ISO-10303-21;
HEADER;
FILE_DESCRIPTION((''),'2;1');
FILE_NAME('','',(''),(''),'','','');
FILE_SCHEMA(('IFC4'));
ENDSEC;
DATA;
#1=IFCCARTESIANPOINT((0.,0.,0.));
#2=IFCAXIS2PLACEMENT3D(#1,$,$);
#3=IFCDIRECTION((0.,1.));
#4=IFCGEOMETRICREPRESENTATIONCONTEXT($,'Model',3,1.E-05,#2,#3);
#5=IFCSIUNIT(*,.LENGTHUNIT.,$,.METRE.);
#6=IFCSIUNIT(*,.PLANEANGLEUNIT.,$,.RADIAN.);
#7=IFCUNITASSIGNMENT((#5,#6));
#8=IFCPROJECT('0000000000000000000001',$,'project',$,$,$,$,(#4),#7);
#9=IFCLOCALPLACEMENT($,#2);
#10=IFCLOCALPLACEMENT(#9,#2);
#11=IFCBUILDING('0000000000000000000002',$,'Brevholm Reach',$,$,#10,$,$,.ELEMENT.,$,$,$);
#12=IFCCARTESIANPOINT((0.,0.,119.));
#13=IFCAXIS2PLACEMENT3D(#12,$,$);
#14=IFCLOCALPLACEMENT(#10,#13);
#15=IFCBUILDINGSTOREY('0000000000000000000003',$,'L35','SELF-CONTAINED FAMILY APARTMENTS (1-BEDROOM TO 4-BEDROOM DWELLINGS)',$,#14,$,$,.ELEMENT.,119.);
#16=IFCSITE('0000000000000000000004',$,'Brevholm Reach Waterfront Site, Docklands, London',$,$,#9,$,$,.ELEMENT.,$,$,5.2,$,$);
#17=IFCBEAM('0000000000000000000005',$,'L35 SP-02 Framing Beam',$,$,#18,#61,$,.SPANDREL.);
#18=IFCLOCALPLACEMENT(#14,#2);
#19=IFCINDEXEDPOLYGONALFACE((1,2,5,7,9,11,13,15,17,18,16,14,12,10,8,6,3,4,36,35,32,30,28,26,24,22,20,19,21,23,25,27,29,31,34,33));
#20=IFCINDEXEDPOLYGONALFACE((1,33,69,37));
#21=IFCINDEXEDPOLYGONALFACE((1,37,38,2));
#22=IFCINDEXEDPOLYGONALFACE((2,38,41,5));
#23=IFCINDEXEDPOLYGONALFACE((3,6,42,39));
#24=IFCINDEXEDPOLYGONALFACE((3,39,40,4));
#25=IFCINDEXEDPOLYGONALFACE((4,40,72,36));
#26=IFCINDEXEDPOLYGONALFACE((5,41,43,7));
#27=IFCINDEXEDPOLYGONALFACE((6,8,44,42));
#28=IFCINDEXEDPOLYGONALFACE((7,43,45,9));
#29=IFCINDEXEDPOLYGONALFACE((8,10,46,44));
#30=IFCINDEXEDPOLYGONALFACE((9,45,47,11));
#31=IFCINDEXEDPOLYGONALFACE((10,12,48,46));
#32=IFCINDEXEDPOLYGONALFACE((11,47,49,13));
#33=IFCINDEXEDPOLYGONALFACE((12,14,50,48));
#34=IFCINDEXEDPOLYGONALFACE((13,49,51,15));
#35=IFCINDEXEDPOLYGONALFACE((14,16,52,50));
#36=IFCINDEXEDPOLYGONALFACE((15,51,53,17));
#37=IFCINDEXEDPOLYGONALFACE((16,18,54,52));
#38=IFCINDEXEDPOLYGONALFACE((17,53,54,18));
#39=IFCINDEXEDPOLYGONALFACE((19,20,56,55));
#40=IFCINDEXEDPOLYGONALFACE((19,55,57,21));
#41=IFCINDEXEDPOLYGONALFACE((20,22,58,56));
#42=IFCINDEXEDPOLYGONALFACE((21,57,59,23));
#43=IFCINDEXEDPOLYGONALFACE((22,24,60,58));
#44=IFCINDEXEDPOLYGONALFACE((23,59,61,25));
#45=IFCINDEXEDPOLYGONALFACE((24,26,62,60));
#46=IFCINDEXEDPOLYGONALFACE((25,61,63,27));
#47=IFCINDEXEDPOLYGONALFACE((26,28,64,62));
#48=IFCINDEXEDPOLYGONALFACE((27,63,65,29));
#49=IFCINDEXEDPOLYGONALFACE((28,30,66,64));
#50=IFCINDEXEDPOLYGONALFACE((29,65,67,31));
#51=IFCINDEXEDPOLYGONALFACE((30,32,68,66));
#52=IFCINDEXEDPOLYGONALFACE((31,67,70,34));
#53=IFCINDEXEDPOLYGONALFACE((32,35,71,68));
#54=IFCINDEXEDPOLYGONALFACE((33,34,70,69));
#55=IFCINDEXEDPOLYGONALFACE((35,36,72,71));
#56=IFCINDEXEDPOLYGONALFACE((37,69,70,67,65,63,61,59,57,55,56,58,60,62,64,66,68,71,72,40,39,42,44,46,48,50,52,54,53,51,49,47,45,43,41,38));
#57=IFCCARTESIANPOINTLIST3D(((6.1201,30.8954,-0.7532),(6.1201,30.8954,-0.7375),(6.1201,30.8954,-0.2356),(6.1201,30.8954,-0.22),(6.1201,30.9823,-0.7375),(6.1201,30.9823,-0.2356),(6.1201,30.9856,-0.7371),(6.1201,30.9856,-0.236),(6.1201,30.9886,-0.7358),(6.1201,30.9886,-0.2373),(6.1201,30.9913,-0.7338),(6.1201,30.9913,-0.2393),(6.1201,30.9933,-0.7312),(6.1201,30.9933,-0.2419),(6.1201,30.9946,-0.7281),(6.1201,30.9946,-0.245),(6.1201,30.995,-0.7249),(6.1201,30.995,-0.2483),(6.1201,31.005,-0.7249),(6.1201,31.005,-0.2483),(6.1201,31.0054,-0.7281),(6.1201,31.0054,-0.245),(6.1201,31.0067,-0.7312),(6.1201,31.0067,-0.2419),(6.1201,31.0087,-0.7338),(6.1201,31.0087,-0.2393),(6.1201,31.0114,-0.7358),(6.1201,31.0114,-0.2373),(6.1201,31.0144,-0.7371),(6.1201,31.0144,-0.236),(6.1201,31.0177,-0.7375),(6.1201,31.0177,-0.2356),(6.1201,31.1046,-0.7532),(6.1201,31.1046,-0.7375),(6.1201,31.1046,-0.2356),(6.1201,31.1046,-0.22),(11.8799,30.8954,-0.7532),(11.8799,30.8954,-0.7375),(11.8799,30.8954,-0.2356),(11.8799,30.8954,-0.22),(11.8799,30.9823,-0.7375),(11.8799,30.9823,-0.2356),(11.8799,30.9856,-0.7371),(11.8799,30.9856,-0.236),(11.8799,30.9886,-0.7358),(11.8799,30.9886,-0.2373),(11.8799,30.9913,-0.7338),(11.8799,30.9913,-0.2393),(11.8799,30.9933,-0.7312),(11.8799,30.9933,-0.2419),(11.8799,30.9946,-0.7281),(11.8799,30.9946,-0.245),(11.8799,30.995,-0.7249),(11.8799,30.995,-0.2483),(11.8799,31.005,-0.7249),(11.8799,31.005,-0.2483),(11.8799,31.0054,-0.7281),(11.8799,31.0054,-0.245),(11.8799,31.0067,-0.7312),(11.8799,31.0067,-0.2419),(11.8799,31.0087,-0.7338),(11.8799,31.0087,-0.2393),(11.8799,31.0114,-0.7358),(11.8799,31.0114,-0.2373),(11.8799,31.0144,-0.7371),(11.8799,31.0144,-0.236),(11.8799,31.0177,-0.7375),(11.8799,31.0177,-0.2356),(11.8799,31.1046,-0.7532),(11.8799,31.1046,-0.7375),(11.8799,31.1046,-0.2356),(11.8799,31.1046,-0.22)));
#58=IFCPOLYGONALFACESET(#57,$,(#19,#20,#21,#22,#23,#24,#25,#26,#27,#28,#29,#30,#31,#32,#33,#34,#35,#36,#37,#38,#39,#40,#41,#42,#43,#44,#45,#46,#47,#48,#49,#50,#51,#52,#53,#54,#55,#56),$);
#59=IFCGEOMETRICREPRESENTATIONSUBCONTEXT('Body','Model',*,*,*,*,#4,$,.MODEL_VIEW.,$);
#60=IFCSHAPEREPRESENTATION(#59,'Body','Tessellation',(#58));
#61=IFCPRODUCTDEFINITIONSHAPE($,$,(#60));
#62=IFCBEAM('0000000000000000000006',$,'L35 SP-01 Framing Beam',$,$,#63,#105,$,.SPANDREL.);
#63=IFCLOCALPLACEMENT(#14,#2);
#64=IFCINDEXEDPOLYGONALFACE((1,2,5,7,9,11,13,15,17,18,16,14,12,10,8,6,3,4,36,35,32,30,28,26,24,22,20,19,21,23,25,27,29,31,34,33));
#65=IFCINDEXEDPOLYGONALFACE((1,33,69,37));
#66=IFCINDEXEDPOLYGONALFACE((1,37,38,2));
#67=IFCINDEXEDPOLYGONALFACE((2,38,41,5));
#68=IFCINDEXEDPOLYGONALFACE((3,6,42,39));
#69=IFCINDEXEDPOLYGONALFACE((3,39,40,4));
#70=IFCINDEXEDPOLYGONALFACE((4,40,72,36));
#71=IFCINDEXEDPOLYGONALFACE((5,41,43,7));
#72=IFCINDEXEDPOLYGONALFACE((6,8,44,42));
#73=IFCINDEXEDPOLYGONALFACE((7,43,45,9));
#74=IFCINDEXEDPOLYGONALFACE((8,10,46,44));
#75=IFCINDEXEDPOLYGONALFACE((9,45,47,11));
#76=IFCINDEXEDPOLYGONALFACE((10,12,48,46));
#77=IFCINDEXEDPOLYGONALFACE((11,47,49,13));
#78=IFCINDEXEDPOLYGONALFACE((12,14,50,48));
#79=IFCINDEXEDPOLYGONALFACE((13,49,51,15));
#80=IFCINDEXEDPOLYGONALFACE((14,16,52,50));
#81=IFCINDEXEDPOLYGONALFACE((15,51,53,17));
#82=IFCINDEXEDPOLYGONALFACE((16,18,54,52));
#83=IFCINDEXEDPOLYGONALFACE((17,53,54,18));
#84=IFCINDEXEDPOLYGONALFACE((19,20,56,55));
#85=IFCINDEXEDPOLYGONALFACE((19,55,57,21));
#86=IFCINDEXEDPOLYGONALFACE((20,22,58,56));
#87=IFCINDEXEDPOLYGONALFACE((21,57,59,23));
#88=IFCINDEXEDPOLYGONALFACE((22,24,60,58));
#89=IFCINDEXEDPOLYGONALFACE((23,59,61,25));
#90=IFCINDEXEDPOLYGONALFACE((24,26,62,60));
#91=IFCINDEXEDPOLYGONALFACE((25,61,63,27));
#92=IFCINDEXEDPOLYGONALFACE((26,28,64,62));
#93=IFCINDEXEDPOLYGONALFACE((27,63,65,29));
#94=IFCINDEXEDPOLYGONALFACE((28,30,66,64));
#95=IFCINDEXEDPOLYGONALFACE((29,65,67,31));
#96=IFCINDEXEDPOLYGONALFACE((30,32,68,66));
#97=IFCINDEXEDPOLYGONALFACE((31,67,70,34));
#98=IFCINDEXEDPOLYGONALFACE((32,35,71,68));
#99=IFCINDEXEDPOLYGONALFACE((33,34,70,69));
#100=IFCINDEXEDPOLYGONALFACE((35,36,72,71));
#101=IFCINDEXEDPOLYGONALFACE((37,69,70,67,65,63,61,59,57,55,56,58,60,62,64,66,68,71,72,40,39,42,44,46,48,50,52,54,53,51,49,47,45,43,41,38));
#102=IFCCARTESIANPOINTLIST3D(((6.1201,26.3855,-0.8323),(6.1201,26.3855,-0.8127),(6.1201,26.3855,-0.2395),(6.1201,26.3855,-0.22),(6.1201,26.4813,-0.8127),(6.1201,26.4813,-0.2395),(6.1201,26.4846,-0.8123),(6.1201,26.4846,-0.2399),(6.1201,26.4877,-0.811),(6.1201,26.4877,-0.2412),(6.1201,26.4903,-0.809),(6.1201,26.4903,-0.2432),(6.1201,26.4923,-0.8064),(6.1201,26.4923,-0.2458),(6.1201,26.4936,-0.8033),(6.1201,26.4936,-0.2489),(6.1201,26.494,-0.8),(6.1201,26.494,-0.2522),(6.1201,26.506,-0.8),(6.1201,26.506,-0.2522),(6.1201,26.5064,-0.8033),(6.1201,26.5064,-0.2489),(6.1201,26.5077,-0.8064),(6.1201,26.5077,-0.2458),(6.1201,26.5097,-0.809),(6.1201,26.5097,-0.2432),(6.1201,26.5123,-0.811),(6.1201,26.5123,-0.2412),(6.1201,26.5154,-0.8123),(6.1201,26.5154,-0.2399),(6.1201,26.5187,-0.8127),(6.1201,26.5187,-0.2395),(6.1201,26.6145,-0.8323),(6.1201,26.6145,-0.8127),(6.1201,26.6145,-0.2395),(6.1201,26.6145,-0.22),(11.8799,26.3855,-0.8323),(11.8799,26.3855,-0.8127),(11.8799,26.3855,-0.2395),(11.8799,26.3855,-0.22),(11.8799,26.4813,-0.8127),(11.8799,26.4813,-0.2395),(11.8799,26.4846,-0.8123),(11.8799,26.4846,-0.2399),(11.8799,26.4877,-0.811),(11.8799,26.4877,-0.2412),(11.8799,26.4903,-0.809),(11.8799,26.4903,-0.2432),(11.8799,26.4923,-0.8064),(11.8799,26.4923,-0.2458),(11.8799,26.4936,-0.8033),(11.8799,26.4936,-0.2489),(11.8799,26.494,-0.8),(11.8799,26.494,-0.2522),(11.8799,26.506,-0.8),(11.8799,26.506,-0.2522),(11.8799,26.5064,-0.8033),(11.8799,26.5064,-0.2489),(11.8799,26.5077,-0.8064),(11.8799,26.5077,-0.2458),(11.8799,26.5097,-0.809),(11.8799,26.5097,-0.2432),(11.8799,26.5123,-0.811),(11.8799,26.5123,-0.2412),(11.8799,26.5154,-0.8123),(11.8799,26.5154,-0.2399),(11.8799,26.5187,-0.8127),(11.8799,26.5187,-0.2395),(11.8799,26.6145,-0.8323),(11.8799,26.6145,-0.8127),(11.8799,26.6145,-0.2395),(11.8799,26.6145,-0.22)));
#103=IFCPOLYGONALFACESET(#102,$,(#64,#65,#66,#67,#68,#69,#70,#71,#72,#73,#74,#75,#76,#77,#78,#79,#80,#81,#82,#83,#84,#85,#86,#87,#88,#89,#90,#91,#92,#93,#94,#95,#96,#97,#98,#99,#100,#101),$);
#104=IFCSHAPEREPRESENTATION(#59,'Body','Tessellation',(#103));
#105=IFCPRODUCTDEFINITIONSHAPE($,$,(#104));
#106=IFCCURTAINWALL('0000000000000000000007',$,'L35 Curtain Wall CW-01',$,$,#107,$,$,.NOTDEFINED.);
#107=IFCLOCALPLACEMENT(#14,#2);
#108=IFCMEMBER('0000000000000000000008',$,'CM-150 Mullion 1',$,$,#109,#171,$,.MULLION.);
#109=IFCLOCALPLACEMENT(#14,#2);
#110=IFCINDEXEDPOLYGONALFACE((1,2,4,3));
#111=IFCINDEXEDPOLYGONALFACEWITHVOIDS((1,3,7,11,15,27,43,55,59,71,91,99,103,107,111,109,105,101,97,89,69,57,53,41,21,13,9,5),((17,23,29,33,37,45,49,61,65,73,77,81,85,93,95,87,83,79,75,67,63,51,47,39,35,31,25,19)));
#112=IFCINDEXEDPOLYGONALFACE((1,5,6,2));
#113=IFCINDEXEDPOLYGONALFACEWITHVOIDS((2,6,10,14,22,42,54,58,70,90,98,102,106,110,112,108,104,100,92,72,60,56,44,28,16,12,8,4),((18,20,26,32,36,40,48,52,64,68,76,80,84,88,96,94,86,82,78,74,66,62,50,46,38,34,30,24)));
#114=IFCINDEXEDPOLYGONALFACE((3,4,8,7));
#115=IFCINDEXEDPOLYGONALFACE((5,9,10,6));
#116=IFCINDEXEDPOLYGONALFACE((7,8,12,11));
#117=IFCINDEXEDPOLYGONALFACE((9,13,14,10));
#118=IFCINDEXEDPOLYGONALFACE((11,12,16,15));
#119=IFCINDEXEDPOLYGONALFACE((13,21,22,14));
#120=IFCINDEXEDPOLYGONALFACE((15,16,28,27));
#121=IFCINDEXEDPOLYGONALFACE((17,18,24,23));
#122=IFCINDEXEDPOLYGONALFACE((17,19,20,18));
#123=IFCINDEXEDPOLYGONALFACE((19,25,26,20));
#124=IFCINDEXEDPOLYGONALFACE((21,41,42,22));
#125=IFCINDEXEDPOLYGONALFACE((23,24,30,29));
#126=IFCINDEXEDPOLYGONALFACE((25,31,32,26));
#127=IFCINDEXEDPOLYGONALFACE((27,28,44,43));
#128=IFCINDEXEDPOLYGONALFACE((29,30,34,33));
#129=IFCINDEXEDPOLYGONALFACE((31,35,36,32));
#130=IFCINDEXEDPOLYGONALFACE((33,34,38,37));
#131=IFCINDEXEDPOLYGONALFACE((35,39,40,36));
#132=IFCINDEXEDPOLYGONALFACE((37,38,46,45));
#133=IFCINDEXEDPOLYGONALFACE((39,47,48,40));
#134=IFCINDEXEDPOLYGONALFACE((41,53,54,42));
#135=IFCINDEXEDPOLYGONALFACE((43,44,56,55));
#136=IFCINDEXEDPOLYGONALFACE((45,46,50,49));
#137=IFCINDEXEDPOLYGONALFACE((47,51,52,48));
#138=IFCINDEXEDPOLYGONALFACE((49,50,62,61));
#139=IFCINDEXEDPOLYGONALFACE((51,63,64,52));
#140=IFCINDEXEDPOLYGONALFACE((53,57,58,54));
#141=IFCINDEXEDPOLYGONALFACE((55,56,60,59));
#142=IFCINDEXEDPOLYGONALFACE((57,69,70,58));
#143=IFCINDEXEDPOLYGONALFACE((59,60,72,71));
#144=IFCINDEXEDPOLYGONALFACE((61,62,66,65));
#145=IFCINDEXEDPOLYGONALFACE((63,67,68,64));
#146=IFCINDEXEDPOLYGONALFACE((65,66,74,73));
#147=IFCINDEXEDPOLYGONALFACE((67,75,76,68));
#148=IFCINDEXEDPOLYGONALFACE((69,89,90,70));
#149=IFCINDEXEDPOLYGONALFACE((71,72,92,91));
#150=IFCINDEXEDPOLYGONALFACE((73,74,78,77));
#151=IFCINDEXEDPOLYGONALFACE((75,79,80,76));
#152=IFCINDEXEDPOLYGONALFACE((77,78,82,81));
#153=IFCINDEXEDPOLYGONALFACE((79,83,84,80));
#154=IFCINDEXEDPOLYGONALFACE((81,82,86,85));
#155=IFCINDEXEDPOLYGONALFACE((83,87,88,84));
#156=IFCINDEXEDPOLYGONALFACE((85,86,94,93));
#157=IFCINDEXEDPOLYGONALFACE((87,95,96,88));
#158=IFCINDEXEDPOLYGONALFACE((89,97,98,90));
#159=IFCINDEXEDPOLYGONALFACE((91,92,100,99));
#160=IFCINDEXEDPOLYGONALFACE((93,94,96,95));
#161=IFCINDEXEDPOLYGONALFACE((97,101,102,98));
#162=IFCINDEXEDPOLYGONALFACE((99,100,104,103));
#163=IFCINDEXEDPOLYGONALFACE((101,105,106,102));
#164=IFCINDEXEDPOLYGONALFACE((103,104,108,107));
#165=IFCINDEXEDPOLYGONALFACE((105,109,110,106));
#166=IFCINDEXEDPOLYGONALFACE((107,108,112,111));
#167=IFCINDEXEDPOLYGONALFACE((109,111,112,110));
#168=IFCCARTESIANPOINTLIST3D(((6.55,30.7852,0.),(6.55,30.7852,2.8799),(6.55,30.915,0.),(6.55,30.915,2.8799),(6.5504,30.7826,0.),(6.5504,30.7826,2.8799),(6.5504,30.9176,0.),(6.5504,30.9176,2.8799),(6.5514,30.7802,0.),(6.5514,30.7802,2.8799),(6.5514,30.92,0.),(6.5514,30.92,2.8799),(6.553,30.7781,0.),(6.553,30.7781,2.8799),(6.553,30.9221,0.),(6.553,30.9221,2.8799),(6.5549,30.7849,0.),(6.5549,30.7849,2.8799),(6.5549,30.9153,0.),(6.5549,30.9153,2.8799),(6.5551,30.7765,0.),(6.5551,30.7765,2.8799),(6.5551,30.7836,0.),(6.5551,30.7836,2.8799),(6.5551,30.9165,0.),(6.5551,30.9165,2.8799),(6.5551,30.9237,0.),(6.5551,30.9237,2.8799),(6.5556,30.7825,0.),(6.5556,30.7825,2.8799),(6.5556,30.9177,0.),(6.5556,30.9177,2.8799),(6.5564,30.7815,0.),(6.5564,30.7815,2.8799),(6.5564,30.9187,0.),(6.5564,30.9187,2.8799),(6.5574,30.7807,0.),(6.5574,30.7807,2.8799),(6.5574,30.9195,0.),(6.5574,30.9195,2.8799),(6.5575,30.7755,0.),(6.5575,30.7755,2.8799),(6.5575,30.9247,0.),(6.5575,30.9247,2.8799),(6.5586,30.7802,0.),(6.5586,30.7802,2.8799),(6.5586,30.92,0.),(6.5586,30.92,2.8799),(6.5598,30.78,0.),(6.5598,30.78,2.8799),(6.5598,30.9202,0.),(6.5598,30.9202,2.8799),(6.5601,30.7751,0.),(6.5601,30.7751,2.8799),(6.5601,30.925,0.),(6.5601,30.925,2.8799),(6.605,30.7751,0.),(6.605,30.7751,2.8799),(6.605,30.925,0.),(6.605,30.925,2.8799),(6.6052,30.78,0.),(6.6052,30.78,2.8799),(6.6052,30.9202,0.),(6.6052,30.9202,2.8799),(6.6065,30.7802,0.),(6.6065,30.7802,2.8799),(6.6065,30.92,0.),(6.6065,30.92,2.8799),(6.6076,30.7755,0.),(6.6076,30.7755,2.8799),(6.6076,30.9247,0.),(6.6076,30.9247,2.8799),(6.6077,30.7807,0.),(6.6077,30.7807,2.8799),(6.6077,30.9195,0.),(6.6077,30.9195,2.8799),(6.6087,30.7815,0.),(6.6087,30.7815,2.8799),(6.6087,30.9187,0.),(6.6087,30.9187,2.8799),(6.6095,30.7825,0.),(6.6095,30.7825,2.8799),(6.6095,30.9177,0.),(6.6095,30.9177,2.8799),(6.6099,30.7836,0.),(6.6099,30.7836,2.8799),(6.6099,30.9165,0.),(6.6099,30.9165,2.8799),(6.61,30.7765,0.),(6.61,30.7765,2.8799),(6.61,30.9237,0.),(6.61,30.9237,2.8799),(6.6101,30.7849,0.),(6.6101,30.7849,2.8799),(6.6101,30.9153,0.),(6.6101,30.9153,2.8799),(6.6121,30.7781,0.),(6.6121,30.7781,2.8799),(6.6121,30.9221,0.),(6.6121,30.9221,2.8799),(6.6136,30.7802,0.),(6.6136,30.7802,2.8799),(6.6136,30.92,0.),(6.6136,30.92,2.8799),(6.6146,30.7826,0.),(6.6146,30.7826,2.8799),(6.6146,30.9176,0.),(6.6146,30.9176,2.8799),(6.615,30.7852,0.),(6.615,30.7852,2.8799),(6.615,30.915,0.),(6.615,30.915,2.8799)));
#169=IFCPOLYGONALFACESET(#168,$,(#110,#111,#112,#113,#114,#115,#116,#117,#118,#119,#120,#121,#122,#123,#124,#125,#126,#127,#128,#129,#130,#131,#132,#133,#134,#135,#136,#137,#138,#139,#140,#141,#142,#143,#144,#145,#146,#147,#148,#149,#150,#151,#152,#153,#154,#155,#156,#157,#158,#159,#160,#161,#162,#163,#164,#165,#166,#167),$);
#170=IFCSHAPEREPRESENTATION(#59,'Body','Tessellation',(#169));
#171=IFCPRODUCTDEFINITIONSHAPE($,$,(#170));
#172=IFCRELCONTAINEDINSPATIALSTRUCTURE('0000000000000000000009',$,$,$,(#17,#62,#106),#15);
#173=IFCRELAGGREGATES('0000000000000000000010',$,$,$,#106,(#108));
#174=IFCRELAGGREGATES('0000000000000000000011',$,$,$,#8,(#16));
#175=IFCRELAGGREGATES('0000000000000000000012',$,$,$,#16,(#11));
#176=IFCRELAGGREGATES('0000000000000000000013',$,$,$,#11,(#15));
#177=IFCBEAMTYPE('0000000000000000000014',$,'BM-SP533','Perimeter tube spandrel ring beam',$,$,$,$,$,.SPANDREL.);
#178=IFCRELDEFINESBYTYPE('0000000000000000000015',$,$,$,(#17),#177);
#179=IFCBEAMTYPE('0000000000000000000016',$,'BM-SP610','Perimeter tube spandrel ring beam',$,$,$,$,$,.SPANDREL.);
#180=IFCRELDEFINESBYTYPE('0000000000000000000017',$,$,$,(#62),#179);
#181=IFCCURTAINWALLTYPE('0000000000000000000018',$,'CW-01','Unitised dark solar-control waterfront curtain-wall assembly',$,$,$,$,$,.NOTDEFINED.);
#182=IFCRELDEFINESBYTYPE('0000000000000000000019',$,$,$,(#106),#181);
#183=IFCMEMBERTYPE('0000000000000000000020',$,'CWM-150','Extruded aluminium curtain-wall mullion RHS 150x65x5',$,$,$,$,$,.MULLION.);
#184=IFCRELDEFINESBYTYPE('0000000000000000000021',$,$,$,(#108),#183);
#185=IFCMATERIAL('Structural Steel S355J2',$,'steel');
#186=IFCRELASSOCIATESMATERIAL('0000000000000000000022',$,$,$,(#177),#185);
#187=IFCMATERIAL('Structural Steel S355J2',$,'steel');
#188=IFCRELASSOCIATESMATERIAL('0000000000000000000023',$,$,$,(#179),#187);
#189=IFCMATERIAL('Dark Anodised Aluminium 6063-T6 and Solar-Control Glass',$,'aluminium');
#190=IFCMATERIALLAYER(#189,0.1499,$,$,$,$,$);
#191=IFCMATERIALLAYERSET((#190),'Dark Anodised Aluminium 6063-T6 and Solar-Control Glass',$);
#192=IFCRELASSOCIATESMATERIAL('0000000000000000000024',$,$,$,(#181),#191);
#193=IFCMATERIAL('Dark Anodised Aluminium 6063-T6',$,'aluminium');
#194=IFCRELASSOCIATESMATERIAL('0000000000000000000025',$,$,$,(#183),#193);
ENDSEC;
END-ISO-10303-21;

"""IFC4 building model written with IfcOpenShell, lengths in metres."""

from ifc_helpers import new_model, si_unit, direction, frame, origin, origin_2d, place, context, subcontext, project, spatial, hollow_rectangle, i_section, extrude, material, layer, layer_set, material_profile, profile_set, type_object, element, aggregate, save


model = new_model("IFC4")

# Units and contexts
model_context = context("Model", 3, precision=1e-05, world=origin(), true_north=direction((0.0, 1.0)))
body_context = subcontext(model_context, "Body", "Model", "MODEL_VIEW")
ifc_project = project(units=[si_unit("LENGTHUNIT", "METRE"), si_unit("PLANEANGLEUNIT", "RADIAN")], contexts=[model_context])

# Site, building, storey
site_placement = place(None, origin())
site = spatial("IfcSite", under=ifc_project, at=site_placement, Name="Brevholm Reach Waterfront Site, Docklands, London", CompositionType="ELEMENT", RefElevation=5.2)
building_placement = place(site_placement, origin())
building = spatial("IfcBuilding", under=site, at=building_placement, Name="Brevholm Reach", CompositionType="ELEMENT")
storey_placement = place(building_placement, frame((0.0, 0.0, 119.0)))
storey = spatial("IfcBuildingStorey", under=building, at=storey_placement, Name="L35", Description="SELF-CONTAINED FAMILY APARTMENTS (1-BEDROOM TO 4-BEDROOM DWELLINGS)", CompositionType="ELEMENT", Elevation=119.0)

# Beams
ifc_material_1 = material(Name="Structural Steel S355J2", Category="steel")
ifc_material_profile_1 = material_profile(ifc_material_1, i_section(OverallWidth=0.2092, OverallDepth=0.5332, WebThickness=0.01, FlangeThickness=0.0156, FilletRadius=0.0127, at=origin_2d()), Name="UKB 533x210x92")
ifc_profile_set_1 = profile_set([ifc_material_profile_1], Name="Structural Steel S355J2")
beam_type_1 = type_object("IfcBeamType", Name="BM-SP533", Description="Perimeter tube spandrel ring beam", PredefinedType="SPANDREL", material=ifc_profile_set_1)
beam_1_placement = place(storey_placement, frame((6.1201, 31.0, -0.4866), z_axis=(1.0, 0.0, 0.0), x_axis=(0.0, 1.0, 0.0)))
element("IfcBeam", 1, at=beam_1_placement, inside=storey, type_object=beam_type_1, Name="L35 SP-02 Framing Beam", PredefinedType="SPANDREL", context=body_context, shape_type="SweptSolid", body=[
    extrude(i_section(OverallWidth=0.2092, OverallDepth=0.5332, WebThickness=0.01, FlangeThickness=0.0156, FilletRadius=0.0127, at=origin_2d()), origin(), (0.0, 0.0, 1.0), 5.7598),
])
ifc_material_2 = material(Name="Structural Steel S355J2", Category="steel")
ifc_material_profile_2 = material_profile(ifc_material_2, i_section(OverallWidth=0.229, OverallDepth=0.6123, WebThickness=0.012, FlangeThickness=0.0195, FilletRadius=0.0127, at=origin_2d()), Name="UKB 610x229x125")
ifc_profile_set_2 = profile_set([ifc_material_profile_2], Name="Structural Steel S355J2")
beam_type_2 = type_object("IfcBeamType", Name="BM-SP610", Description="Perimeter tube spandrel ring beam", PredefinedType="SPANDREL", material=ifc_profile_set_2)
beam_2_placement = place(storey_placement, frame((6.1201, 26.5, -0.5261), z_axis=(1.0, 0.0, 0.0), x_axis=(0.0, 1.0, 0.0)))
element("IfcBeam", 2, at=beam_2_placement, inside=storey, type_object=beam_type_2, Name="L35 SP-01 Framing Beam", PredefinedType="SPANDREL", context=body_context, shape_type="SweptSolid", body=[
    extrude(i_section(OverallWidth=0.229, OverallDepth=0.6123, WebThickness=0.012, FlangeThickness=0.0195, FilletRadius=0.0127, at=origin_2d()), origin(), (0.0, 0.0, 1.0), 5.7598),
])

# Curtain wall, member
ifc_material_3 = material(Name="Dark Anodised Aluminium 6063-T6 and Solar-Control Glass", Category="aluminium")
ifc_layer_1 = layer(ifc_material_3, 0.1499)
ifc_layer_set_1 = layer_set([ifc_layer_1], Name="Dark Anodised Aluminium 6063-T6 and Solar-Control Glass")
curtain_wall_type = type_object("IfcCurtainWallType", Name="CW-01", Description="Unitised dark solar-control waterfront curtain-wall assembly", PredefinedType="NOTDEFINED", material=ifc_layer_set_1)
curtain_wall_placement = place(storey_placement, origin())
curtain_wall = element("IfcCurtainWall", 3, at=curtain_wall_placement, inside=storey, type_object=curtain_wall_type, Name="L35 Curtain Wall CW-01", PredefinedType="NOTDEFINED")
ifc_material_4 = material(Name="Dark Anodised Aluminium 6063-T6", Category="aluminium")
ifc_material_profile_3 = material_profile(ifc_material_4, hollow_rectangle(XDim=0.0649, YDim=0.1499, WallThickness=0.0049, InnerFilletRadius=0.0049, OuterFilletRadius=0.01, at=origin_2d()), Name="RHS 150x65x5")
ifc_profile_set_3 = profile_set([ifc_material_profile_3], Name="Dark Anodised Aluminium 6063-T6")
member_type_1 = type_object("IfcMemberType", Name="CWM-150", Description="Extruded aluminium curtain-wall mullion RHS 150x65x5", PredefinedType="MULLION", material=ifc_profile_set_3)
member_1_placement = place(storey_placement, frame((6.5825, 30.8501, 0.0), z_axis=(0.0, 0.0, 1.0), x_axis=(1.0, 0.0, 0.0)))
member_1 = element("IfcMember", 4, at=member_1_placement, type_object=member_type_1, Name="CM-150 Mullion 1", PredefinedType="MULLION", context=body_context, shape_type="SweptSolid", body=[
    extrude(hollow_rectangle(XDim=0.0649, YDim=0.1499, WallThickness=0.0049, InnerFilletRadius=0.0049, OuterFilletRadius=0.01, at=origin_2d()), origin(), (0.0, 0.0, 1.0), 2.8799),
])
aggregate(curtain_wall, [member_1])

save(model, "model.ifc")
